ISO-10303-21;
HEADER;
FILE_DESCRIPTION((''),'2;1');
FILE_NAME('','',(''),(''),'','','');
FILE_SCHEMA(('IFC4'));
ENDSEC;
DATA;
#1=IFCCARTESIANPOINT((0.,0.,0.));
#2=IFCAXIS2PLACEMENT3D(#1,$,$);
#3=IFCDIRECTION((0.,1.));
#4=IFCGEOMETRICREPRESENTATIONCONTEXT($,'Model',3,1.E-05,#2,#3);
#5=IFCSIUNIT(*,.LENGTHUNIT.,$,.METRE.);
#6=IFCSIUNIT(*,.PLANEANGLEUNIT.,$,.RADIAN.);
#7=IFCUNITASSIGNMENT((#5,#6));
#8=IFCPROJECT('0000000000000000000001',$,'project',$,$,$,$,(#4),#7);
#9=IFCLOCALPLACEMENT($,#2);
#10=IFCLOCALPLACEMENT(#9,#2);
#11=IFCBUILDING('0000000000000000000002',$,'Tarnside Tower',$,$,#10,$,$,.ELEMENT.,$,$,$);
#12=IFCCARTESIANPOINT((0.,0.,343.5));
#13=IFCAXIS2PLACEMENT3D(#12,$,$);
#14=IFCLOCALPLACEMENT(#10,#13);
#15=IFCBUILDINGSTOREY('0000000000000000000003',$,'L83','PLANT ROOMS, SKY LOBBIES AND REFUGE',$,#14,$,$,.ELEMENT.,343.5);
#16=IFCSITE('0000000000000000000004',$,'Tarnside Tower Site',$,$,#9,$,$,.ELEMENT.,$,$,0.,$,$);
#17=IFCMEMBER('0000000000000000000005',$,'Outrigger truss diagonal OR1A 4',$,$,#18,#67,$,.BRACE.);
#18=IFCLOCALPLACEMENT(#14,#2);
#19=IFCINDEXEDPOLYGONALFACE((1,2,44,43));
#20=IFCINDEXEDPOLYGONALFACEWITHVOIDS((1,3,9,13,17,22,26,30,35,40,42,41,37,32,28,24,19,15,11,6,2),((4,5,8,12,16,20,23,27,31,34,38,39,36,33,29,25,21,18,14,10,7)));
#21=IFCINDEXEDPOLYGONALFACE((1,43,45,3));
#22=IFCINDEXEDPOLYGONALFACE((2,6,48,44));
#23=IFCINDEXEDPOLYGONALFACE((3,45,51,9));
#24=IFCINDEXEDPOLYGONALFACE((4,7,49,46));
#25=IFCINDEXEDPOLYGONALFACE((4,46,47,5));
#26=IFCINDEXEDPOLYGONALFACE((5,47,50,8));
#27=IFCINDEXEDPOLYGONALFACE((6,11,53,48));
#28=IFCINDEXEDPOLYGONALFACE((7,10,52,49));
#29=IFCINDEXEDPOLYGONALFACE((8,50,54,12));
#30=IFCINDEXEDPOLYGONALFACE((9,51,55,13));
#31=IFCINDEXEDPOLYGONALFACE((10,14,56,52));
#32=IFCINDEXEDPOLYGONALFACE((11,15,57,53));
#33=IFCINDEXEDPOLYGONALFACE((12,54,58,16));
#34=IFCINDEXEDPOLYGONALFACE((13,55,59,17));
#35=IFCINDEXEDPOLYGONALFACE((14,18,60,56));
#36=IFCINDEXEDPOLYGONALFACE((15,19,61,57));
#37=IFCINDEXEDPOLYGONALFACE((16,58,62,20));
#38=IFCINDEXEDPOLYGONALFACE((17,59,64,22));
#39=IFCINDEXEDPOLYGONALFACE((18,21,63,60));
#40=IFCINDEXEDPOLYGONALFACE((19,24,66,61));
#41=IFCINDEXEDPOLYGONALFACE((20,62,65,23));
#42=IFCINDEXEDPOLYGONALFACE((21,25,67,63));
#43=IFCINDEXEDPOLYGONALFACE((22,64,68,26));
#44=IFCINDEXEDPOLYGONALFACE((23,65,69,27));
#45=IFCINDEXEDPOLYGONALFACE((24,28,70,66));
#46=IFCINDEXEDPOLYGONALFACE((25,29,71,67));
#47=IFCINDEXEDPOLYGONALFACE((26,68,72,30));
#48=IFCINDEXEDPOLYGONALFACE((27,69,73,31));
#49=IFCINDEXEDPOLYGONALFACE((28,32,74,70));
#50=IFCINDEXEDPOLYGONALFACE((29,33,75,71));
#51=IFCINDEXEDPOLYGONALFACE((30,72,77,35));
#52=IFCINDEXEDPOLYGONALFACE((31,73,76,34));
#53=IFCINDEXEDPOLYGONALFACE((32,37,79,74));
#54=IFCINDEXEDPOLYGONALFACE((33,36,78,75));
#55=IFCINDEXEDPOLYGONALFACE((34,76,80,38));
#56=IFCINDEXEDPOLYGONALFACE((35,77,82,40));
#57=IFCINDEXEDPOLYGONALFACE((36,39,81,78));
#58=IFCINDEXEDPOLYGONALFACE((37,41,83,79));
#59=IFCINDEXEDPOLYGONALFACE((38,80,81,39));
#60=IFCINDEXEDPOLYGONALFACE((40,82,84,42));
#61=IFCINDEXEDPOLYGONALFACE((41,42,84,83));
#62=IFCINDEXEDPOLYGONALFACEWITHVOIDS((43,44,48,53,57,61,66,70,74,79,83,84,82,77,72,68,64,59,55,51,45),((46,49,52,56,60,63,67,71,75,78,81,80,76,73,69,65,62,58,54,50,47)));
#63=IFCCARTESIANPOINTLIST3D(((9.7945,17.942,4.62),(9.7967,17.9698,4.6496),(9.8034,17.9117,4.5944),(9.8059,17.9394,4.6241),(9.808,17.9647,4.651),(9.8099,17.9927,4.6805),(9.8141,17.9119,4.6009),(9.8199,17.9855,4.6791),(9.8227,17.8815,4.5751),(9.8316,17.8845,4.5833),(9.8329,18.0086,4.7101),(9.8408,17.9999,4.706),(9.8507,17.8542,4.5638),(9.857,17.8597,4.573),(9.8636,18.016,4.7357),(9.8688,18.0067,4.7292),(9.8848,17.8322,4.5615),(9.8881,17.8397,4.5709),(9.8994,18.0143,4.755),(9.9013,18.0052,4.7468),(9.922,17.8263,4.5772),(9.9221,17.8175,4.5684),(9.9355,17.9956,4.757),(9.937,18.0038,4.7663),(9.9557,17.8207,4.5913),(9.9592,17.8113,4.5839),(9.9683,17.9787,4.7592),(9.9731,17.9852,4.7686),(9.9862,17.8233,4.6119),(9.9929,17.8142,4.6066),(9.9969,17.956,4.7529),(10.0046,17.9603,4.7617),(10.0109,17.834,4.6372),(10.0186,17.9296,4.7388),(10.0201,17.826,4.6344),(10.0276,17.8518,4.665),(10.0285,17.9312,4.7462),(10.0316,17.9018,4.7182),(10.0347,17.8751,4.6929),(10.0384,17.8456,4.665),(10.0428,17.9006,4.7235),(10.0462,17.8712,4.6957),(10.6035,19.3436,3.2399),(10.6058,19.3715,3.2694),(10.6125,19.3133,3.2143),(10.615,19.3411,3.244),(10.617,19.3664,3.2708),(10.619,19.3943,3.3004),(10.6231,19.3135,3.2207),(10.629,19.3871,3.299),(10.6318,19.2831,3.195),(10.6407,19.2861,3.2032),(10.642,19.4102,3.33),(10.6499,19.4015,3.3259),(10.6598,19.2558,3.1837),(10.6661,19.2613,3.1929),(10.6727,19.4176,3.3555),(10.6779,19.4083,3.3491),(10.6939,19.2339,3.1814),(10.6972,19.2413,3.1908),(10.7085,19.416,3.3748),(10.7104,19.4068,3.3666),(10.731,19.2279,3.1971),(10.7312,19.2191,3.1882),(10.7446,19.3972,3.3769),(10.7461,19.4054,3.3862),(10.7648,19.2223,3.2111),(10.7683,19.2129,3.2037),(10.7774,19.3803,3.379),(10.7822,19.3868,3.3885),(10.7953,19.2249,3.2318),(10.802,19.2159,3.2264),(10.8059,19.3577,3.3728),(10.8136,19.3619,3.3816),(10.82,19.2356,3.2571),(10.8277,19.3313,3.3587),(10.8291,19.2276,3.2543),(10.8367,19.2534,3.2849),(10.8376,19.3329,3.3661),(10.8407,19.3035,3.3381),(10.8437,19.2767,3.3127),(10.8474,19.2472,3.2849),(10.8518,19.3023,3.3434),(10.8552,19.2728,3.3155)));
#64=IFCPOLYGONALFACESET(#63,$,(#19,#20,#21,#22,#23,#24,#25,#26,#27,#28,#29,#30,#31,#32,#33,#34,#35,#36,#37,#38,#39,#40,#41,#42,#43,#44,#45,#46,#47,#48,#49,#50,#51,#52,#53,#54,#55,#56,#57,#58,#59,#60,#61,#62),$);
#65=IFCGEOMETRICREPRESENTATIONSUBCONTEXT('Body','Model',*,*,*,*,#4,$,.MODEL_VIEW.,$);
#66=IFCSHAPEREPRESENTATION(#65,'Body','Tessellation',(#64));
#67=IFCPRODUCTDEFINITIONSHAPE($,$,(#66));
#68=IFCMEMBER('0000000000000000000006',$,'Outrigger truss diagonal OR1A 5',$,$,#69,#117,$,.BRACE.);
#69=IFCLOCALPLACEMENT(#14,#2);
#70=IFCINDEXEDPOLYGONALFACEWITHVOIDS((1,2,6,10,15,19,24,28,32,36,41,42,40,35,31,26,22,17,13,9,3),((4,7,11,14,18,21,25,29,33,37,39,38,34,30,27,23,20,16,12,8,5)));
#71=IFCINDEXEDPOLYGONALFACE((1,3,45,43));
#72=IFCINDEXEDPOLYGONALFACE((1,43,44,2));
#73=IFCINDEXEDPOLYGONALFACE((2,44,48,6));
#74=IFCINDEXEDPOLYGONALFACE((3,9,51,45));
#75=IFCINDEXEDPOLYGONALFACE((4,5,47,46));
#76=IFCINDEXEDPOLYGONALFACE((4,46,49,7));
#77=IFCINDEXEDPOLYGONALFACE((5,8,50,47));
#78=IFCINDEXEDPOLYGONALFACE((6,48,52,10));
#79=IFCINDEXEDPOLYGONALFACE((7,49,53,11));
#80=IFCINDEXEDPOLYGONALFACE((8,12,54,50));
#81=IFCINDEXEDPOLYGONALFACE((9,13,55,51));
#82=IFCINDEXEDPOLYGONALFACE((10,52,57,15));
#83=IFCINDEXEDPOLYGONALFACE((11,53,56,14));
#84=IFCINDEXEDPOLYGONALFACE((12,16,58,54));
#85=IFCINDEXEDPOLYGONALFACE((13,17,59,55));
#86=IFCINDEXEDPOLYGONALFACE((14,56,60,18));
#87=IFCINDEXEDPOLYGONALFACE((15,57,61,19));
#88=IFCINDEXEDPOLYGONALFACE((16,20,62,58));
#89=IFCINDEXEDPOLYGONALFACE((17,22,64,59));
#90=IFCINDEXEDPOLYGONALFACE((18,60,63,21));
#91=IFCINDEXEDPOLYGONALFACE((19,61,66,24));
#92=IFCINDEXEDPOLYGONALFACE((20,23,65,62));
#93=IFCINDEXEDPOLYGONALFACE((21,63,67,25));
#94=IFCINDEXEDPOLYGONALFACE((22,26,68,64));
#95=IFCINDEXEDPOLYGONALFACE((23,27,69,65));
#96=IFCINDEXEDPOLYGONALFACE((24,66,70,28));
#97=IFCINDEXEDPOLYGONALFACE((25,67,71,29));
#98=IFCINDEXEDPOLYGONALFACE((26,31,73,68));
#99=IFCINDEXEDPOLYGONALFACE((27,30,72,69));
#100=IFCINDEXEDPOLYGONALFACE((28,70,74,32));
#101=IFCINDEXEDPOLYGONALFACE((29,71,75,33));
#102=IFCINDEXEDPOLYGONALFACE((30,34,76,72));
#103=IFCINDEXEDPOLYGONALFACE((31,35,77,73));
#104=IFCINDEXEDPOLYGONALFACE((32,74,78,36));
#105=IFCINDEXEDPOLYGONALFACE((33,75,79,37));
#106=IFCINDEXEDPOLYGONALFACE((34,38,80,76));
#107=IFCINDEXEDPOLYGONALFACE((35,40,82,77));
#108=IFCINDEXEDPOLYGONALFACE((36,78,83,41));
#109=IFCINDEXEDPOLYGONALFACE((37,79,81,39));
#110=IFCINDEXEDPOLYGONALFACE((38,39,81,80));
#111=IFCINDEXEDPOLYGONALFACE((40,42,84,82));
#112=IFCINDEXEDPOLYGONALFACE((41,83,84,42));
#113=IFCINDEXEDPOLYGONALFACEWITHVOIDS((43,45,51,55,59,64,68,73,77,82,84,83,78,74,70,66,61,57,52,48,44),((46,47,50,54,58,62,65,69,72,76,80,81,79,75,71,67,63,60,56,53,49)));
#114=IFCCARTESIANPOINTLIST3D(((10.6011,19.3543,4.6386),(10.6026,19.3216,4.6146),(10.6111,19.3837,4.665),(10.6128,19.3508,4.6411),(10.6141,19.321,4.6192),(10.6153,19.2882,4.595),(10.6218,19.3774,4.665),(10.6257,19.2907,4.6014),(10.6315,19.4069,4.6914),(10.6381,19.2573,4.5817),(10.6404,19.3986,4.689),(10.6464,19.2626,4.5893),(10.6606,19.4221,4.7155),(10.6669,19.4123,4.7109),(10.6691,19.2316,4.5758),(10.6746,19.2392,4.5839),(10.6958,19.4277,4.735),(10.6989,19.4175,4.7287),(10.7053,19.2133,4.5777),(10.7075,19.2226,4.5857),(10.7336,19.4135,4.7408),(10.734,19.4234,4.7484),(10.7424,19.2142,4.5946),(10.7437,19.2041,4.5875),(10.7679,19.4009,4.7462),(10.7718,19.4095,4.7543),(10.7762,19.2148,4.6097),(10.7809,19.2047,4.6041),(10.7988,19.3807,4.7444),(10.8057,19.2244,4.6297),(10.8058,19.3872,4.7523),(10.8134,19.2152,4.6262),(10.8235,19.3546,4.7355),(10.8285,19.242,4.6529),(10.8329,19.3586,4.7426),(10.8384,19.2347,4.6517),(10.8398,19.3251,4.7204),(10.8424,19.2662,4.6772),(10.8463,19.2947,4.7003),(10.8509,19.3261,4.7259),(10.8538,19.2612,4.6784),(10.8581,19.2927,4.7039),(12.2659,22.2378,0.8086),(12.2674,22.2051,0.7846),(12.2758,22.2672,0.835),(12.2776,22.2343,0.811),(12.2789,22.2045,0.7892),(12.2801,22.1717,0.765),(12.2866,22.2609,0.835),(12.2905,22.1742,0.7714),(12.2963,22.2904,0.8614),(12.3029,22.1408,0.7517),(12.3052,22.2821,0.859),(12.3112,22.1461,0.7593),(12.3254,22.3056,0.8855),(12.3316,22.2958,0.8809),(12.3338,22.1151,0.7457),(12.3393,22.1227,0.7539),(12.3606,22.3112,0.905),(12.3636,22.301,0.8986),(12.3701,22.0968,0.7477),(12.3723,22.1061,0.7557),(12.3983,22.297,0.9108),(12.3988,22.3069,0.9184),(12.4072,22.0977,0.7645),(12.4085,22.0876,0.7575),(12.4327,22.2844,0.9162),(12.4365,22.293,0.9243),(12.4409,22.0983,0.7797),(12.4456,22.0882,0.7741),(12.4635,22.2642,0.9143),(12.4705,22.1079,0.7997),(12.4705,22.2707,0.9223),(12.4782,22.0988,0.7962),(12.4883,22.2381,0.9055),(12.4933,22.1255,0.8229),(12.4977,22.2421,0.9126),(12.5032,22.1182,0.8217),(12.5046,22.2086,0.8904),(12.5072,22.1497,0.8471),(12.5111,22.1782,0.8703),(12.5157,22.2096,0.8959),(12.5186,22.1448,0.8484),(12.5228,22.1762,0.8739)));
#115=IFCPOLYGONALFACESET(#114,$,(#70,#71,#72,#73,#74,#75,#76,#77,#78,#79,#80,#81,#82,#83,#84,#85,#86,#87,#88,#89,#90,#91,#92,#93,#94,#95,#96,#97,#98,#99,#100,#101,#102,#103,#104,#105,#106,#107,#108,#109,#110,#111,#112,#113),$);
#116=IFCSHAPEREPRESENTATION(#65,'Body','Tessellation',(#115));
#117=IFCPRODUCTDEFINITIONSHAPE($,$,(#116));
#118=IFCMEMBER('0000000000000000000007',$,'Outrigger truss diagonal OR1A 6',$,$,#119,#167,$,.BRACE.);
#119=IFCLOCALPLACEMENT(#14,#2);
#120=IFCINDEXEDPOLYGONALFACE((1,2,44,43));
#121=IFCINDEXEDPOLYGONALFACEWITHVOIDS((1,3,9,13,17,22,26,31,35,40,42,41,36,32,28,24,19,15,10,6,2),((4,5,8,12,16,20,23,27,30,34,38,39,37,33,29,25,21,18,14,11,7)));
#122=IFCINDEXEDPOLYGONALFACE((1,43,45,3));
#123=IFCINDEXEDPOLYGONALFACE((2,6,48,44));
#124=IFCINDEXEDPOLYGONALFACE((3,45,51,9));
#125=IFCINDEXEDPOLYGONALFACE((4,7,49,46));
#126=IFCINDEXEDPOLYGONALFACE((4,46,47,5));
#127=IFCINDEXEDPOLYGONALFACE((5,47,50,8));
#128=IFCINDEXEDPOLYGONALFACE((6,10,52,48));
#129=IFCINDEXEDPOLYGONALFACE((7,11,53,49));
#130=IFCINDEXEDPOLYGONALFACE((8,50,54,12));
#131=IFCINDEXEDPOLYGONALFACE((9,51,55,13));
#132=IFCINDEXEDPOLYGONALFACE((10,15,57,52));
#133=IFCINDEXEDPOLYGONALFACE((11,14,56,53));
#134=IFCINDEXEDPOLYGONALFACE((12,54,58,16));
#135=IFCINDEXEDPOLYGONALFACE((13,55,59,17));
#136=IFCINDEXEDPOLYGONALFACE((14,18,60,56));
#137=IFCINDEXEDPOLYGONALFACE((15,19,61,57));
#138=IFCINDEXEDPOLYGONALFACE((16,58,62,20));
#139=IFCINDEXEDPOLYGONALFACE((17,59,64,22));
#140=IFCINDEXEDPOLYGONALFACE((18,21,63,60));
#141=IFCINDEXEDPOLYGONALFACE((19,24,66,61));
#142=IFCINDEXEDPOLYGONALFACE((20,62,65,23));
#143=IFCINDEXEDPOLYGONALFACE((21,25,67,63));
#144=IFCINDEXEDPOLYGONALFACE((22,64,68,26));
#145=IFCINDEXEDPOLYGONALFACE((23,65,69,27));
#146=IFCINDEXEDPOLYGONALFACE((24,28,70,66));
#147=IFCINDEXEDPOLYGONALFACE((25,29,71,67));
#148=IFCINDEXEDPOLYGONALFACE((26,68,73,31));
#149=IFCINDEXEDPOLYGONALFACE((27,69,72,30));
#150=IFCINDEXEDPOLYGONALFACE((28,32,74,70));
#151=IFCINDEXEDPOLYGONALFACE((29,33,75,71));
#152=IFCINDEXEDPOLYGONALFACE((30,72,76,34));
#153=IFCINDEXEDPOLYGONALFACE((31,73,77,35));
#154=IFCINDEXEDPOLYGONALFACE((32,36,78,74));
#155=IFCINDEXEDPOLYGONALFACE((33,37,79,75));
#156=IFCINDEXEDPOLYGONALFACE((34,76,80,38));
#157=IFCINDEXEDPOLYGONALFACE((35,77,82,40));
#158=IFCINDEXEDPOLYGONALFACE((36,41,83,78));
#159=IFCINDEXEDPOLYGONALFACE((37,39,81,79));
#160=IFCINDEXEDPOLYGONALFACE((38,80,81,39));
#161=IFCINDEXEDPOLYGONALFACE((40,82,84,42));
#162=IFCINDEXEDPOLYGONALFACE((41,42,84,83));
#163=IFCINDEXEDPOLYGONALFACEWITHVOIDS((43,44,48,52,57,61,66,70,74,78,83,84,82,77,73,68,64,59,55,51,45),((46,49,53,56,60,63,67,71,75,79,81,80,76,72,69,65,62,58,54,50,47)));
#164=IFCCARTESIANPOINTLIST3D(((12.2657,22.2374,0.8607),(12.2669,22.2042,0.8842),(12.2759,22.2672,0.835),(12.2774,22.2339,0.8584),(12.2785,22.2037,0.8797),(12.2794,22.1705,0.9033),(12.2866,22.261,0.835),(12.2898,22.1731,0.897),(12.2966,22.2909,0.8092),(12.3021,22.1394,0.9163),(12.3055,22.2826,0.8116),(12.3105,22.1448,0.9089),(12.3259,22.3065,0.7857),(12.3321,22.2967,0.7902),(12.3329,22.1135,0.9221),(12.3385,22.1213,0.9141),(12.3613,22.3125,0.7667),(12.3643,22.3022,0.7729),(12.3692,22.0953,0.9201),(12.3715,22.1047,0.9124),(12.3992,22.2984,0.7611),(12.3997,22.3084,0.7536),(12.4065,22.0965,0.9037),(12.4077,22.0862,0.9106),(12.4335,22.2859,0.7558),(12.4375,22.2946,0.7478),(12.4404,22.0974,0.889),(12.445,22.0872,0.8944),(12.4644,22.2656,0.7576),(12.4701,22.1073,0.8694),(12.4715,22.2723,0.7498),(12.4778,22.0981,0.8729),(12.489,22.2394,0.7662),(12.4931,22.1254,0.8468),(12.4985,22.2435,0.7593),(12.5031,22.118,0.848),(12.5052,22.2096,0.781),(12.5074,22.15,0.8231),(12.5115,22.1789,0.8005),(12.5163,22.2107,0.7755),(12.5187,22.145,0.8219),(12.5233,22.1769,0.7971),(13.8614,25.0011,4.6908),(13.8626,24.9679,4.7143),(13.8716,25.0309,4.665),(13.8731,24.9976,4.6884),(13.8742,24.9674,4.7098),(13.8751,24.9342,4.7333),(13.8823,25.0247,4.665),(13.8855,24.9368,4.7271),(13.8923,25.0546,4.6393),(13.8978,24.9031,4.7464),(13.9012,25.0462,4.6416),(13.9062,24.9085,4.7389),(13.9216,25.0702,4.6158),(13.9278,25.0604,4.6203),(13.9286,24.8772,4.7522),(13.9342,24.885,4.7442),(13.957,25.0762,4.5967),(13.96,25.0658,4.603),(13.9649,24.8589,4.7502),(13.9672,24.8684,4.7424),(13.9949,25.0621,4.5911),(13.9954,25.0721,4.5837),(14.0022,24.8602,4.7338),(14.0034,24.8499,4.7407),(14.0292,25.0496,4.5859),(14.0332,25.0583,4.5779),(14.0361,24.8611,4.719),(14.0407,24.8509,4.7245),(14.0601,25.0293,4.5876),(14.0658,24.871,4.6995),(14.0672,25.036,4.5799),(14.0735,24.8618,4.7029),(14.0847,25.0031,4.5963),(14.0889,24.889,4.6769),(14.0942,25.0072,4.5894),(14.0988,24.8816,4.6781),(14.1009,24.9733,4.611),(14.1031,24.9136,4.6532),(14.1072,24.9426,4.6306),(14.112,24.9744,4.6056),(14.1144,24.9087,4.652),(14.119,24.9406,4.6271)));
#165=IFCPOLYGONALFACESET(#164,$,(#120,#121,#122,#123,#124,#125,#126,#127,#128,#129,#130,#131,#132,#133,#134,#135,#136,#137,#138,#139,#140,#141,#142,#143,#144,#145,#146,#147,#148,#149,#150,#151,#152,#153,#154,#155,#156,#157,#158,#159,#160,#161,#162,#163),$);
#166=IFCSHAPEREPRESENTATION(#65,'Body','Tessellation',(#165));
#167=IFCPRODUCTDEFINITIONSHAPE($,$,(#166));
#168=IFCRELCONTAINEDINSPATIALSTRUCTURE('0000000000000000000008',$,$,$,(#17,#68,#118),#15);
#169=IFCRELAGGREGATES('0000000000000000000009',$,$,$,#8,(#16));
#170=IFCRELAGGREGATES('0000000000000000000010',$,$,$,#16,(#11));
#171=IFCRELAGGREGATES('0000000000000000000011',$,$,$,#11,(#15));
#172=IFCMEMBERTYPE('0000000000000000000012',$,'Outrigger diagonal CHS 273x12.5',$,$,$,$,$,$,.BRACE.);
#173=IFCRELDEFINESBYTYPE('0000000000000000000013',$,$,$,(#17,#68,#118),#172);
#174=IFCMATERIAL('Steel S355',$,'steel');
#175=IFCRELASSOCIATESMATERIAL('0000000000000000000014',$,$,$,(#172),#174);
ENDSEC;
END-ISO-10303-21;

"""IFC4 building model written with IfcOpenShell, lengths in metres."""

from ifc_helpers import new_model, si_unit, direction, frame, origin, origin_2d, place, context, subcontext, project, spatial, hollow_circle, extrude, material, material_profile, profile_set, type_object, element, save


model = new_model("IFC4")

# Units and contexts
model_context = context("Model", 3, precision=1e-05, world=origin(), true_north=direction((0.0, 1.0)))
body_context = subcontext(model_context, "Body", "Model", "MODEL_VIEW")
ifc_project = project(units=[si_unit("LENGTHUNIT", "METRE"), si_unit("PLANEANGLEUNIT", "RADIAN")], contexts=[model_context])

# Site, building, storey
site_placement = place(None, origin())
site = spatial("IfcSite", under=ifc_project, at=site_placement, Name="Tarnside Tower Site", CompositionType="ELEMENT", RefElevation=0.0)
building_placement = place(site_placement, origin())
building = spatial("IfcBuilding", under=site, at=building_placement, Name="Tarnside Tower", CompositionType="ELEMENT")
storey_placement = place(building_placement, frame((0.0, 0.0, 343.5)))
storey = spatial("IfcBuildingStorey", under=building, at=storey_placement, Name="L83", Description="PLANT ROOMS, SKY LOBBIES AND REFUGE", CompositionType="ELEMENT", Elevation=343.5)

# Shared definitions
ifc_material_1 = material(Name="Steel S355", Category="steel")

# Members
ifc_material_profile_1 = material_profile(ifc_material_1, hollow_circle(Radius=0.1365, WallThickness=0.0125, at=origin_2d()), Name="CHS 273x12.5")
ifc_profile_set_1 = profile_set([ifc_material_profile_1], Name="Steel S355")
member_type_1 = type_object("IfcMemberType", Name="Outrigger diagonal CHS 273x12.5", PredefinedType="BRACE", material=ifc_profile_set_1)
member_1_placement = place(storey_placement, frame((10.7292, 19.3154, 3.2849), z_axis=(-0.380397, -0.65898, 0.648879), x_axis=(0.866062, -0.499936, 0.0)))
element("IfcMember", 1, at=member_1_placement, inside=storey, type_object=member_type_1, Name="Outrigger truss diagonal OR1A 4", PredefinedType="BRACE", context=body_context, shape_type="SweptSolid", body=[
    extrude(hollow_circle(Radius=0.1365, WallThickness=0.0125, at=origin_2d()), origin(), (0.0, 0.0, 1.0), 2.127),
])
member_2_placement = place(storey_placement, frame((10.7292, 19.3154, 4.665), z_axis=(0.328037, 0.568183, -0.754692), x_axis=(-0.866028, 0.499995, 0.0)))
element("IfcMember", 2, at=member_2_placement, inside=storey, type_object=member_type_1, Name="Outrigger truss diagonal OR1A 5", PredefinedType="BRACE", context=body_context, shape_type="SweptSolid", body=[
    extrude(hollow_circle(Radius=0.1365, WallThickness=0.0125, at=origin_2d()), origin(), (0.0, 0.0, 1.0), 5.075),
])
member_3_placement = place(storey_placement, frame((12.394, 22.199, 0.835), z_axis=(0.320079, 0.554359, 0.768268), x_axis=(-0.866012, 0.500023, 0.0)))
element("IfcMember", 3, at=member_3_placement, inside=storey, type_object=member_type_1, Name="Outrigger truss diagonal OR1A 6", PredefinedType="BRACE", context=body_context, shape_type="SweptSolid", body=[
    extrude(hollow_circle(Radius=0.1365, WallThickness=0.0125, at=origin_2d()), origin(), (0.0, 0.0, 1.0), 4.9854),
])

save(model, "model.ifc")
